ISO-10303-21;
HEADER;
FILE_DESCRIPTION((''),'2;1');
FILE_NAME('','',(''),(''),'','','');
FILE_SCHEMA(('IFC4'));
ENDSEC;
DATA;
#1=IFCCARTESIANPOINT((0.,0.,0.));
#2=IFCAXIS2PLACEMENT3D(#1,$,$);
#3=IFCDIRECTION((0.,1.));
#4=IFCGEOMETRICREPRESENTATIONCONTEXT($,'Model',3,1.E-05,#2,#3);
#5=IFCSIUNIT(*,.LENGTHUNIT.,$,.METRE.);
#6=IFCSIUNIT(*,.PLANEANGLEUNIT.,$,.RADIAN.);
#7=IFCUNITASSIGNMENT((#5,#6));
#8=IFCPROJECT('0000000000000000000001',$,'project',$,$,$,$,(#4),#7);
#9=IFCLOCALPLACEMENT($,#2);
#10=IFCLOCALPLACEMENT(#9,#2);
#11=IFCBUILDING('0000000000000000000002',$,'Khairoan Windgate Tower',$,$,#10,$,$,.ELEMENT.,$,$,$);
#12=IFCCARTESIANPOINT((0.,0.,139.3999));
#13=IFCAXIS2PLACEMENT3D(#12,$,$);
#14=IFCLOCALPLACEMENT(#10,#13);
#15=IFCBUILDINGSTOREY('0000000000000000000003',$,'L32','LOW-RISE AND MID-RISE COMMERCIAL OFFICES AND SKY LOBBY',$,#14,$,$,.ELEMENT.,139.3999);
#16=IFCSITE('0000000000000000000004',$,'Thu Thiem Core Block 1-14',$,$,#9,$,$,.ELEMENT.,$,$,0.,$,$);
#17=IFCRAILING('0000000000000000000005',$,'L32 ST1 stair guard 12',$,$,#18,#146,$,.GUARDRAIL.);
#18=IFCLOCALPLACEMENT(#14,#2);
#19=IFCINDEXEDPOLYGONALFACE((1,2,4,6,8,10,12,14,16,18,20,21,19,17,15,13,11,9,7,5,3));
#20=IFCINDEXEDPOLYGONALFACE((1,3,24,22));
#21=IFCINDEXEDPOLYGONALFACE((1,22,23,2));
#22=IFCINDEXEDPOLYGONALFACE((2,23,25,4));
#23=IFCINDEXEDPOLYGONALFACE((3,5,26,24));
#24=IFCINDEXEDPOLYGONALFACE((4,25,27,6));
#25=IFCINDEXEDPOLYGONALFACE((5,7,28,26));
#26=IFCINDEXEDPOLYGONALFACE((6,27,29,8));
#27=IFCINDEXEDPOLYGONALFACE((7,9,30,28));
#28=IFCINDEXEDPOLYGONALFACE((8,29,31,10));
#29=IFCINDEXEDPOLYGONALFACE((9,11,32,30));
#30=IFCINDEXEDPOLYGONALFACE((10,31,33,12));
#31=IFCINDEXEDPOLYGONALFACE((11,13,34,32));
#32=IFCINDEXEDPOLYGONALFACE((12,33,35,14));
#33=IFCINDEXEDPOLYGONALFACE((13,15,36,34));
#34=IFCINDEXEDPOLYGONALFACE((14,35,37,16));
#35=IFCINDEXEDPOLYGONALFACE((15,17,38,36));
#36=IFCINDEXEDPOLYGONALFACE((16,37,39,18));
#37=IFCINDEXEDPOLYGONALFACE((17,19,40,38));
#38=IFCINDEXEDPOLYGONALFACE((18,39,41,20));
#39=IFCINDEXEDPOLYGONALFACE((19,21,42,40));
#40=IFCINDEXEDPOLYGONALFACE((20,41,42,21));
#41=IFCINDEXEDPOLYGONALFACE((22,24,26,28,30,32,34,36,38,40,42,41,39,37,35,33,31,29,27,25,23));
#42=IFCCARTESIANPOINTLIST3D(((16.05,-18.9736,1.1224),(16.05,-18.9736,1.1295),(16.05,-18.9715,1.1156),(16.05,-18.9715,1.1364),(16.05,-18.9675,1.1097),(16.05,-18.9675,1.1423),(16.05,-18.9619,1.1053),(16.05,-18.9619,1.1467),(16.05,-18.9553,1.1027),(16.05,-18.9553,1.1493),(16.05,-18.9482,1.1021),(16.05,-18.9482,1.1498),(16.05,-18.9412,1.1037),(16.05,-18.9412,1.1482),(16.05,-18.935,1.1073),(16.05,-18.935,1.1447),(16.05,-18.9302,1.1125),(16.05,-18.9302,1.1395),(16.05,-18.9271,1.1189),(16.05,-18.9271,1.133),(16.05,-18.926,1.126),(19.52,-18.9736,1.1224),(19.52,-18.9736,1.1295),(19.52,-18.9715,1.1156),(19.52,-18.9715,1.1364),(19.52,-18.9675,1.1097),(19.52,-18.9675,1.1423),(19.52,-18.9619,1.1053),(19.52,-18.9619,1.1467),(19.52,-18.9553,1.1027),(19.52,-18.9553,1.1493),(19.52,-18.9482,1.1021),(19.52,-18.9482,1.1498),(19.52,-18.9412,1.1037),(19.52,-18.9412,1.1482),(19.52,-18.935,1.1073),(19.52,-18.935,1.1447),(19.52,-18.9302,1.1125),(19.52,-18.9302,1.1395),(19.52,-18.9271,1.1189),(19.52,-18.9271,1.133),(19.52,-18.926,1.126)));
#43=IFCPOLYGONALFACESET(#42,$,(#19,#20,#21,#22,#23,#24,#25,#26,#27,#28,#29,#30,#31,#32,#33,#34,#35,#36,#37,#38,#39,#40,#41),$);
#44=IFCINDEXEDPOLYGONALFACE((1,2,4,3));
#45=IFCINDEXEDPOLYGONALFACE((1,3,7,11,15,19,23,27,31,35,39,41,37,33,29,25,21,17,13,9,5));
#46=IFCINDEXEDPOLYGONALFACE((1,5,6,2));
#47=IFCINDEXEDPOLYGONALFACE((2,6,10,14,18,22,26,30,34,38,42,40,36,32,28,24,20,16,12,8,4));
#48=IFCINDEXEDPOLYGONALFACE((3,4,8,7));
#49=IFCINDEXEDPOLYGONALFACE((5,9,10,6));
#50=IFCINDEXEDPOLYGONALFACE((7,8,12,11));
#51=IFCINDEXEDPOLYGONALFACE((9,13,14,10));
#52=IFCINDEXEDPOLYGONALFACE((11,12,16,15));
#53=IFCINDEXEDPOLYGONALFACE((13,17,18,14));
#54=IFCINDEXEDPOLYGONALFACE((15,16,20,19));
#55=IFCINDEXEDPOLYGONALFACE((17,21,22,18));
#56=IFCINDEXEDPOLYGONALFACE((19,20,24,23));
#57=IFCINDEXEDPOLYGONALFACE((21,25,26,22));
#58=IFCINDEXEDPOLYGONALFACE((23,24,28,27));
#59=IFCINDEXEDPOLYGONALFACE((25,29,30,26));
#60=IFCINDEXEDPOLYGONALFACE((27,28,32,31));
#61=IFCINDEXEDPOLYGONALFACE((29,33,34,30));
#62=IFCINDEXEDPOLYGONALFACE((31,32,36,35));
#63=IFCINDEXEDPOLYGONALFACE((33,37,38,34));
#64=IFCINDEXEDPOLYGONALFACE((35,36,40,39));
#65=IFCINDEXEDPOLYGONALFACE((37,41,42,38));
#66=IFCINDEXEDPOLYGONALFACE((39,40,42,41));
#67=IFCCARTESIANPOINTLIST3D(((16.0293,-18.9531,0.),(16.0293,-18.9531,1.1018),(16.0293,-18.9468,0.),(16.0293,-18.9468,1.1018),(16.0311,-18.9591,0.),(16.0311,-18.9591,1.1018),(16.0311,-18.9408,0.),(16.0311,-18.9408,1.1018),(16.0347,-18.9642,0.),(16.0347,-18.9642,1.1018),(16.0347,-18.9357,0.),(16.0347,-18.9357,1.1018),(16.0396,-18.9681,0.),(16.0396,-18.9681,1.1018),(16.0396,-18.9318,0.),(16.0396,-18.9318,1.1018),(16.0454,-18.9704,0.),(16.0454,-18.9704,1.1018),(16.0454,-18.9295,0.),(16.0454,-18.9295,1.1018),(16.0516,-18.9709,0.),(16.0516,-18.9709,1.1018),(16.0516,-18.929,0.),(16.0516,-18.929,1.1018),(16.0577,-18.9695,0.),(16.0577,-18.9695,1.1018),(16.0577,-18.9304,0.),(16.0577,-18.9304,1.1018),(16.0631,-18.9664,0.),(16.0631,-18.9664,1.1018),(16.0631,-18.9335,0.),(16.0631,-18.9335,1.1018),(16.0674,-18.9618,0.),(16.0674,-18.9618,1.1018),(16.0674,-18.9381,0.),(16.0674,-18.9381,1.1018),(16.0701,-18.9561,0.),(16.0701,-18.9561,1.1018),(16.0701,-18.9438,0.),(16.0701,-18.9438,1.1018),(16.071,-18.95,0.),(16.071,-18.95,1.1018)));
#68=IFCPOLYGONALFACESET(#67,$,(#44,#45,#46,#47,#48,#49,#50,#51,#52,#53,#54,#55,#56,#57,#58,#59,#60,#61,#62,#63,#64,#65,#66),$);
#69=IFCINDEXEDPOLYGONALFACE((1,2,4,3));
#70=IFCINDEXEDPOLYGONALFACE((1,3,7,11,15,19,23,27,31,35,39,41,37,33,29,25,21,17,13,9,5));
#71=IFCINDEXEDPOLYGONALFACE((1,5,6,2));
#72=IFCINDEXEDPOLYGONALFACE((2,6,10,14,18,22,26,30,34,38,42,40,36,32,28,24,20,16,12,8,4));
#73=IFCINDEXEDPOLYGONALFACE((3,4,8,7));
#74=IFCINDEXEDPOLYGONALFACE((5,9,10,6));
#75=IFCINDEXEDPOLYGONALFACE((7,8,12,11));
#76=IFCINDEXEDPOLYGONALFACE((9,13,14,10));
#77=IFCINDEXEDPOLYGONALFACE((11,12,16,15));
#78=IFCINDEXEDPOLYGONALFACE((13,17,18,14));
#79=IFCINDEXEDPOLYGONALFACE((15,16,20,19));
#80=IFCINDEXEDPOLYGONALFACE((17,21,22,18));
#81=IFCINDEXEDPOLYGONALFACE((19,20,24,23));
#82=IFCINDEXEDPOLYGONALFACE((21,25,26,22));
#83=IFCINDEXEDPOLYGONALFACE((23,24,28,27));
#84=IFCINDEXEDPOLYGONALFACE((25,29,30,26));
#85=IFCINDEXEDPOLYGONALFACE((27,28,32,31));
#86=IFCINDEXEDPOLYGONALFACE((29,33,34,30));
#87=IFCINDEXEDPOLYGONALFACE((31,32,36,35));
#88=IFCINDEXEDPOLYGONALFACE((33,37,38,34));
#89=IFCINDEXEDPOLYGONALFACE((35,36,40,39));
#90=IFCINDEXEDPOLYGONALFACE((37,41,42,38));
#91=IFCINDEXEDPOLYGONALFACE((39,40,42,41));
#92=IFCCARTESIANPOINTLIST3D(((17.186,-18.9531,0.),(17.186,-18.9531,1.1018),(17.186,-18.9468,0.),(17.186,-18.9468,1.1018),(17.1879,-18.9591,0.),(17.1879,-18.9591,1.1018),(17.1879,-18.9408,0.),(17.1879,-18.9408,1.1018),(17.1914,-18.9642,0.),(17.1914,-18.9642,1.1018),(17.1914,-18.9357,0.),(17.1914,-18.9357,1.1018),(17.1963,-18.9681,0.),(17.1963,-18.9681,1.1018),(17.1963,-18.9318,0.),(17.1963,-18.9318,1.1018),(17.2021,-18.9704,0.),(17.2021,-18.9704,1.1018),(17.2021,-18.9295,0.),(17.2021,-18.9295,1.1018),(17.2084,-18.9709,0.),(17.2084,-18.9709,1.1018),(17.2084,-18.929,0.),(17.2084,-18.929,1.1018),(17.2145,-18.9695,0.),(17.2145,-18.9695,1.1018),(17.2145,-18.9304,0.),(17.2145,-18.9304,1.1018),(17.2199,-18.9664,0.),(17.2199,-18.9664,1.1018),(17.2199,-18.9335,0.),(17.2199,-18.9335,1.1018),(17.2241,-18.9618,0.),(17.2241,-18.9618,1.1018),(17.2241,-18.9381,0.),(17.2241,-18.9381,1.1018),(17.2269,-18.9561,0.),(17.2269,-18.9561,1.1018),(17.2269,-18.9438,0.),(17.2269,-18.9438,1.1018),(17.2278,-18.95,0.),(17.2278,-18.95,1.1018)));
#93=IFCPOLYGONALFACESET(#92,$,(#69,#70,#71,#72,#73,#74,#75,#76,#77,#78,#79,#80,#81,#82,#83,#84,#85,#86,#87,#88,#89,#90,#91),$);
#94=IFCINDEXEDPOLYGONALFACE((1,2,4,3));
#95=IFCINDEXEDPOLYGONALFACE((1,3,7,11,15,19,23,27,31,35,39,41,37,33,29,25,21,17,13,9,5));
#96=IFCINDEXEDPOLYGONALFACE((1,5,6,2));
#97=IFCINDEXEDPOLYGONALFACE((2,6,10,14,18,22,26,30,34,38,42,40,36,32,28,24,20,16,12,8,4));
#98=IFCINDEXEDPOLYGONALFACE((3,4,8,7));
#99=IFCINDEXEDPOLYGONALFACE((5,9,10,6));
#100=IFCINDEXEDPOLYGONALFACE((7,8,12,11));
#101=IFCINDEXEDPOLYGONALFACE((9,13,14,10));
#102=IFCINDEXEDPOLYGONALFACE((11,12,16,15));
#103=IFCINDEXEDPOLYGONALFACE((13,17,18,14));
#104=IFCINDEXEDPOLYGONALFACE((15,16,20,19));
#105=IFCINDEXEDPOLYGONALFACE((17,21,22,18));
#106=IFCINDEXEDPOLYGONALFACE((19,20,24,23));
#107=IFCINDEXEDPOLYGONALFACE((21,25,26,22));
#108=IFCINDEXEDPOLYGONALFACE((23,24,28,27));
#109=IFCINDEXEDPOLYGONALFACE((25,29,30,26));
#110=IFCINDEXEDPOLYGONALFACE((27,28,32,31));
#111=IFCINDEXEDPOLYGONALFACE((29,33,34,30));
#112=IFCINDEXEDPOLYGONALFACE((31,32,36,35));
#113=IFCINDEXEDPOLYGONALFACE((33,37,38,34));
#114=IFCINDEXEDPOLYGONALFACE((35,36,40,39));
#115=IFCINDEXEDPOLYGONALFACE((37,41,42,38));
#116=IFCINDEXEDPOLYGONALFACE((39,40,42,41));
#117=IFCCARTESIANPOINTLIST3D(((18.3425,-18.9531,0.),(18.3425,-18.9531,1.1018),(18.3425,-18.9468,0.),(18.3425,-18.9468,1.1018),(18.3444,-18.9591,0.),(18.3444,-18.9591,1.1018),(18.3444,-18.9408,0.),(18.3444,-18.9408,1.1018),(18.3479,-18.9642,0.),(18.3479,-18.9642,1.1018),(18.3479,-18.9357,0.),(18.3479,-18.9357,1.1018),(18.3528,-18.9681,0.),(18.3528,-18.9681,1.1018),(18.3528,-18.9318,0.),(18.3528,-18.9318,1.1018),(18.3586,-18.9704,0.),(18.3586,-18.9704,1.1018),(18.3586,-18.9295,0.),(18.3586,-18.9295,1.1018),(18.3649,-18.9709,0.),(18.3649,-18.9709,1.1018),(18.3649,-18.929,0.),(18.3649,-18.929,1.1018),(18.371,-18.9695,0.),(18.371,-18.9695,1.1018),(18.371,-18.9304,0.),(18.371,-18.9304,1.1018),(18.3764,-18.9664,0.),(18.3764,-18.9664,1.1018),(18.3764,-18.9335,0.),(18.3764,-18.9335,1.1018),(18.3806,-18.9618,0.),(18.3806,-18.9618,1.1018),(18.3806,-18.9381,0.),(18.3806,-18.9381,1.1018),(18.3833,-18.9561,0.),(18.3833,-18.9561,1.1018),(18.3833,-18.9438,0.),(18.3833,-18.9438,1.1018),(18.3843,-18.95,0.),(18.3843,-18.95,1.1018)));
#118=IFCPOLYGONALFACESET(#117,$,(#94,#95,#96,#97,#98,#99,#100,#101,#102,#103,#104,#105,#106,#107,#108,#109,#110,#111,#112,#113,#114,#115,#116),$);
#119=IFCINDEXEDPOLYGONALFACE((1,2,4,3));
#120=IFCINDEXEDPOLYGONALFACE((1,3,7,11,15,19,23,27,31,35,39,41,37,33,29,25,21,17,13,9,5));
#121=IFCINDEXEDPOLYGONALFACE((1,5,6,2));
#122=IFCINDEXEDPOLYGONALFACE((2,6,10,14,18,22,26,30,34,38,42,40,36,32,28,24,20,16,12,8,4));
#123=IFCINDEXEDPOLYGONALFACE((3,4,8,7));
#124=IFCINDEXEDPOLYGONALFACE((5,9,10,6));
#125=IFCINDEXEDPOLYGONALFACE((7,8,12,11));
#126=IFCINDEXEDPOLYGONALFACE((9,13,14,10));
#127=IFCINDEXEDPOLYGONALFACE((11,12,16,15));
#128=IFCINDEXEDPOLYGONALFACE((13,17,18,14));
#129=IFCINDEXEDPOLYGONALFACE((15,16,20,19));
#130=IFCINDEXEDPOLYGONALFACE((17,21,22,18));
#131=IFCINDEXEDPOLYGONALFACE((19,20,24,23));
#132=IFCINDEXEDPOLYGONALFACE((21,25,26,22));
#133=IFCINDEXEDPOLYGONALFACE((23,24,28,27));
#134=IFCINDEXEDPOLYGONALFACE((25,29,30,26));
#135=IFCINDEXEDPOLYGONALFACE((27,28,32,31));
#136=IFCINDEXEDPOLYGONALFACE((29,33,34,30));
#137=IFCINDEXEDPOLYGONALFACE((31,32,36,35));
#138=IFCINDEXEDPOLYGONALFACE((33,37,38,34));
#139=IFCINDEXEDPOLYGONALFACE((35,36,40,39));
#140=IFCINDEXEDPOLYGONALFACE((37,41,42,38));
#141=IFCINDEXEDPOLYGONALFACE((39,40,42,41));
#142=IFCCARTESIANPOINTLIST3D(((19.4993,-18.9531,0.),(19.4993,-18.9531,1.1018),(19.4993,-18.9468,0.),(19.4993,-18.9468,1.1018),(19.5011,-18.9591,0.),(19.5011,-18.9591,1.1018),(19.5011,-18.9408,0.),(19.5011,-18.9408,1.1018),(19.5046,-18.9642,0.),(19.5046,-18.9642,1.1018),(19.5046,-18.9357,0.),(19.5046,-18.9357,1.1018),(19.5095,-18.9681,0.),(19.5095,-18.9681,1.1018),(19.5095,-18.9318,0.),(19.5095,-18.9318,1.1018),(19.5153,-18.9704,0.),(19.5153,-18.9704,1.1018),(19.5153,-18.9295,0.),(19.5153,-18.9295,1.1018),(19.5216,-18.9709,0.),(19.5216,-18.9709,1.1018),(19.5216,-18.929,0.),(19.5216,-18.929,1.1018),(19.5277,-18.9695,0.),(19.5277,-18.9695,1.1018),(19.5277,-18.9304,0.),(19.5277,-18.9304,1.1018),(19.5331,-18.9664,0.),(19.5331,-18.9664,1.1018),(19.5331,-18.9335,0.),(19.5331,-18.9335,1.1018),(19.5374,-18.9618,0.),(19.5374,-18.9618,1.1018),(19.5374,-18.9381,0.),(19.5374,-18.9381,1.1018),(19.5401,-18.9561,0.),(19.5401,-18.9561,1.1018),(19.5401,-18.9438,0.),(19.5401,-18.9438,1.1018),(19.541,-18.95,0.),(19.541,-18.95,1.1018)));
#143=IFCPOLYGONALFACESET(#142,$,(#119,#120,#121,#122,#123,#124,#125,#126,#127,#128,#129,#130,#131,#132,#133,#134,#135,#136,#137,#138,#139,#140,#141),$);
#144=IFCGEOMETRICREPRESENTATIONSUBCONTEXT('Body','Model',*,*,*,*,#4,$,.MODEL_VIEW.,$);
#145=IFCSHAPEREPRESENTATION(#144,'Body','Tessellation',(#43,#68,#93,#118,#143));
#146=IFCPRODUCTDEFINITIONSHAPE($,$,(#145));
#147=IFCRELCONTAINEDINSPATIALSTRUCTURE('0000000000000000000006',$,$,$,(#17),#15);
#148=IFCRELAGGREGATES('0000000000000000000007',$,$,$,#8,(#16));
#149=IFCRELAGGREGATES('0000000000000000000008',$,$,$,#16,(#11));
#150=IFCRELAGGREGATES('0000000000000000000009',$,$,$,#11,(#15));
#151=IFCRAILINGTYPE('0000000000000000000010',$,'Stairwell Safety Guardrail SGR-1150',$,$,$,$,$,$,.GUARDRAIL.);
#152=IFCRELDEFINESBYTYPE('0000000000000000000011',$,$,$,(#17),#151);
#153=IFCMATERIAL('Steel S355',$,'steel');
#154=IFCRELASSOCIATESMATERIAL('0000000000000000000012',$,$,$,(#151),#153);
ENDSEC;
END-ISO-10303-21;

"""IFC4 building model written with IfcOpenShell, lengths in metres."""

from ifc_helpers import new_model, si_unit, direction, frame, origin, origin_2d, place, context, subcontext, project, spatial, circle, extrude, material, type_object, element, save


model = new_model("IFC4")

# Units and contexts
model_context = context("Model", 3, precision=1e-05, world=origin(), true_north=direction((0.0, 1.0)))
body_context = subcontext(model_context, "Body", "Model", "MODEL_VIEW")
ifc_project = project(units=[si_unit("LENGTHUNIT", "METRE"), si_unit("PLANEANGLEUNIT", "RADIAN")], contexts=[model_context])

# Site, building, storey
site_placement = place(None, origin())
site = spatial("IfcSite", under=ifc_project, at=site_placement, Name="Thu Thiem Core Block 1-14", CompositionType="ELEMENT", RefElevation=0.0)
building_placement = place(site_placement, origin())
building = spatial("IfcBuilding", under=site, at=building_placement, Name="Khairoan Windgate Tower", CompositionType="ELEMENT")
storey_placement = place(building_placement, frame((0.0, 0.0, 139.3999)))
storey = spatial("IfcBuildingStorey", under=building, at=storey_placement, Name="L32", Description="LOW-RISE AND MID-RISE COMMERCIAL OFFICES AND SKY LOBBY", CompositionType="ELEMENT", Elevation=139.3999)

# Railing
ifc_material_1 = material(Name="Steel S355", Category="steel")
railing_type = type_object("IfcRailingType", Name="Stairwell Safety Guardrail SGR-1150", PredefinedType="GUARDRAIL", material=ifc_material_1)
railing_1_placement = place(storey_placement, frame((16.05, -18.95, 0.0)))
element("IfcRailing", 1, at=railing_1_placement, inside=storey, type_object=railing_type, Name="L32 ST1 stair guard 12", PredefinedType="GUARDRAIL", context=body_context, shape_type="SweptSolid", body=[
    extrude(circle(Radius=0.0239, at=origin_2d()), frame((0.0, 0.0, 1.126), z_axis=(1.0, 0.0, 0.0), x_axis=(0.0, 1.0, 0.0)), (0.0, 0.0, 1.0), 3.47),
    extrude(circle(Radius=0.021, at=origin_2d()), origin(), (0.0, 0.0, 1.0), 1.1018),
    extrude(circle(Radius=0.021, at=origin_2d()), frame((1.1567, 0.0, 0.0)), (0.0, 0.0, 1.0), 1.1018),
    extrude(circle(Radius=0.021, at=origin_2d()), frame((2.3132, 0.0, 0.0)), (0.0, 0.0, 1.0), 1.1018),
    extrude(circle(Radius=0.021, at=origin_2d()), frame((3.47, 0.0, 0.0)), (0.0, 0.0, 1.0), 1.1018),
])

save(model, "model.ifc")
